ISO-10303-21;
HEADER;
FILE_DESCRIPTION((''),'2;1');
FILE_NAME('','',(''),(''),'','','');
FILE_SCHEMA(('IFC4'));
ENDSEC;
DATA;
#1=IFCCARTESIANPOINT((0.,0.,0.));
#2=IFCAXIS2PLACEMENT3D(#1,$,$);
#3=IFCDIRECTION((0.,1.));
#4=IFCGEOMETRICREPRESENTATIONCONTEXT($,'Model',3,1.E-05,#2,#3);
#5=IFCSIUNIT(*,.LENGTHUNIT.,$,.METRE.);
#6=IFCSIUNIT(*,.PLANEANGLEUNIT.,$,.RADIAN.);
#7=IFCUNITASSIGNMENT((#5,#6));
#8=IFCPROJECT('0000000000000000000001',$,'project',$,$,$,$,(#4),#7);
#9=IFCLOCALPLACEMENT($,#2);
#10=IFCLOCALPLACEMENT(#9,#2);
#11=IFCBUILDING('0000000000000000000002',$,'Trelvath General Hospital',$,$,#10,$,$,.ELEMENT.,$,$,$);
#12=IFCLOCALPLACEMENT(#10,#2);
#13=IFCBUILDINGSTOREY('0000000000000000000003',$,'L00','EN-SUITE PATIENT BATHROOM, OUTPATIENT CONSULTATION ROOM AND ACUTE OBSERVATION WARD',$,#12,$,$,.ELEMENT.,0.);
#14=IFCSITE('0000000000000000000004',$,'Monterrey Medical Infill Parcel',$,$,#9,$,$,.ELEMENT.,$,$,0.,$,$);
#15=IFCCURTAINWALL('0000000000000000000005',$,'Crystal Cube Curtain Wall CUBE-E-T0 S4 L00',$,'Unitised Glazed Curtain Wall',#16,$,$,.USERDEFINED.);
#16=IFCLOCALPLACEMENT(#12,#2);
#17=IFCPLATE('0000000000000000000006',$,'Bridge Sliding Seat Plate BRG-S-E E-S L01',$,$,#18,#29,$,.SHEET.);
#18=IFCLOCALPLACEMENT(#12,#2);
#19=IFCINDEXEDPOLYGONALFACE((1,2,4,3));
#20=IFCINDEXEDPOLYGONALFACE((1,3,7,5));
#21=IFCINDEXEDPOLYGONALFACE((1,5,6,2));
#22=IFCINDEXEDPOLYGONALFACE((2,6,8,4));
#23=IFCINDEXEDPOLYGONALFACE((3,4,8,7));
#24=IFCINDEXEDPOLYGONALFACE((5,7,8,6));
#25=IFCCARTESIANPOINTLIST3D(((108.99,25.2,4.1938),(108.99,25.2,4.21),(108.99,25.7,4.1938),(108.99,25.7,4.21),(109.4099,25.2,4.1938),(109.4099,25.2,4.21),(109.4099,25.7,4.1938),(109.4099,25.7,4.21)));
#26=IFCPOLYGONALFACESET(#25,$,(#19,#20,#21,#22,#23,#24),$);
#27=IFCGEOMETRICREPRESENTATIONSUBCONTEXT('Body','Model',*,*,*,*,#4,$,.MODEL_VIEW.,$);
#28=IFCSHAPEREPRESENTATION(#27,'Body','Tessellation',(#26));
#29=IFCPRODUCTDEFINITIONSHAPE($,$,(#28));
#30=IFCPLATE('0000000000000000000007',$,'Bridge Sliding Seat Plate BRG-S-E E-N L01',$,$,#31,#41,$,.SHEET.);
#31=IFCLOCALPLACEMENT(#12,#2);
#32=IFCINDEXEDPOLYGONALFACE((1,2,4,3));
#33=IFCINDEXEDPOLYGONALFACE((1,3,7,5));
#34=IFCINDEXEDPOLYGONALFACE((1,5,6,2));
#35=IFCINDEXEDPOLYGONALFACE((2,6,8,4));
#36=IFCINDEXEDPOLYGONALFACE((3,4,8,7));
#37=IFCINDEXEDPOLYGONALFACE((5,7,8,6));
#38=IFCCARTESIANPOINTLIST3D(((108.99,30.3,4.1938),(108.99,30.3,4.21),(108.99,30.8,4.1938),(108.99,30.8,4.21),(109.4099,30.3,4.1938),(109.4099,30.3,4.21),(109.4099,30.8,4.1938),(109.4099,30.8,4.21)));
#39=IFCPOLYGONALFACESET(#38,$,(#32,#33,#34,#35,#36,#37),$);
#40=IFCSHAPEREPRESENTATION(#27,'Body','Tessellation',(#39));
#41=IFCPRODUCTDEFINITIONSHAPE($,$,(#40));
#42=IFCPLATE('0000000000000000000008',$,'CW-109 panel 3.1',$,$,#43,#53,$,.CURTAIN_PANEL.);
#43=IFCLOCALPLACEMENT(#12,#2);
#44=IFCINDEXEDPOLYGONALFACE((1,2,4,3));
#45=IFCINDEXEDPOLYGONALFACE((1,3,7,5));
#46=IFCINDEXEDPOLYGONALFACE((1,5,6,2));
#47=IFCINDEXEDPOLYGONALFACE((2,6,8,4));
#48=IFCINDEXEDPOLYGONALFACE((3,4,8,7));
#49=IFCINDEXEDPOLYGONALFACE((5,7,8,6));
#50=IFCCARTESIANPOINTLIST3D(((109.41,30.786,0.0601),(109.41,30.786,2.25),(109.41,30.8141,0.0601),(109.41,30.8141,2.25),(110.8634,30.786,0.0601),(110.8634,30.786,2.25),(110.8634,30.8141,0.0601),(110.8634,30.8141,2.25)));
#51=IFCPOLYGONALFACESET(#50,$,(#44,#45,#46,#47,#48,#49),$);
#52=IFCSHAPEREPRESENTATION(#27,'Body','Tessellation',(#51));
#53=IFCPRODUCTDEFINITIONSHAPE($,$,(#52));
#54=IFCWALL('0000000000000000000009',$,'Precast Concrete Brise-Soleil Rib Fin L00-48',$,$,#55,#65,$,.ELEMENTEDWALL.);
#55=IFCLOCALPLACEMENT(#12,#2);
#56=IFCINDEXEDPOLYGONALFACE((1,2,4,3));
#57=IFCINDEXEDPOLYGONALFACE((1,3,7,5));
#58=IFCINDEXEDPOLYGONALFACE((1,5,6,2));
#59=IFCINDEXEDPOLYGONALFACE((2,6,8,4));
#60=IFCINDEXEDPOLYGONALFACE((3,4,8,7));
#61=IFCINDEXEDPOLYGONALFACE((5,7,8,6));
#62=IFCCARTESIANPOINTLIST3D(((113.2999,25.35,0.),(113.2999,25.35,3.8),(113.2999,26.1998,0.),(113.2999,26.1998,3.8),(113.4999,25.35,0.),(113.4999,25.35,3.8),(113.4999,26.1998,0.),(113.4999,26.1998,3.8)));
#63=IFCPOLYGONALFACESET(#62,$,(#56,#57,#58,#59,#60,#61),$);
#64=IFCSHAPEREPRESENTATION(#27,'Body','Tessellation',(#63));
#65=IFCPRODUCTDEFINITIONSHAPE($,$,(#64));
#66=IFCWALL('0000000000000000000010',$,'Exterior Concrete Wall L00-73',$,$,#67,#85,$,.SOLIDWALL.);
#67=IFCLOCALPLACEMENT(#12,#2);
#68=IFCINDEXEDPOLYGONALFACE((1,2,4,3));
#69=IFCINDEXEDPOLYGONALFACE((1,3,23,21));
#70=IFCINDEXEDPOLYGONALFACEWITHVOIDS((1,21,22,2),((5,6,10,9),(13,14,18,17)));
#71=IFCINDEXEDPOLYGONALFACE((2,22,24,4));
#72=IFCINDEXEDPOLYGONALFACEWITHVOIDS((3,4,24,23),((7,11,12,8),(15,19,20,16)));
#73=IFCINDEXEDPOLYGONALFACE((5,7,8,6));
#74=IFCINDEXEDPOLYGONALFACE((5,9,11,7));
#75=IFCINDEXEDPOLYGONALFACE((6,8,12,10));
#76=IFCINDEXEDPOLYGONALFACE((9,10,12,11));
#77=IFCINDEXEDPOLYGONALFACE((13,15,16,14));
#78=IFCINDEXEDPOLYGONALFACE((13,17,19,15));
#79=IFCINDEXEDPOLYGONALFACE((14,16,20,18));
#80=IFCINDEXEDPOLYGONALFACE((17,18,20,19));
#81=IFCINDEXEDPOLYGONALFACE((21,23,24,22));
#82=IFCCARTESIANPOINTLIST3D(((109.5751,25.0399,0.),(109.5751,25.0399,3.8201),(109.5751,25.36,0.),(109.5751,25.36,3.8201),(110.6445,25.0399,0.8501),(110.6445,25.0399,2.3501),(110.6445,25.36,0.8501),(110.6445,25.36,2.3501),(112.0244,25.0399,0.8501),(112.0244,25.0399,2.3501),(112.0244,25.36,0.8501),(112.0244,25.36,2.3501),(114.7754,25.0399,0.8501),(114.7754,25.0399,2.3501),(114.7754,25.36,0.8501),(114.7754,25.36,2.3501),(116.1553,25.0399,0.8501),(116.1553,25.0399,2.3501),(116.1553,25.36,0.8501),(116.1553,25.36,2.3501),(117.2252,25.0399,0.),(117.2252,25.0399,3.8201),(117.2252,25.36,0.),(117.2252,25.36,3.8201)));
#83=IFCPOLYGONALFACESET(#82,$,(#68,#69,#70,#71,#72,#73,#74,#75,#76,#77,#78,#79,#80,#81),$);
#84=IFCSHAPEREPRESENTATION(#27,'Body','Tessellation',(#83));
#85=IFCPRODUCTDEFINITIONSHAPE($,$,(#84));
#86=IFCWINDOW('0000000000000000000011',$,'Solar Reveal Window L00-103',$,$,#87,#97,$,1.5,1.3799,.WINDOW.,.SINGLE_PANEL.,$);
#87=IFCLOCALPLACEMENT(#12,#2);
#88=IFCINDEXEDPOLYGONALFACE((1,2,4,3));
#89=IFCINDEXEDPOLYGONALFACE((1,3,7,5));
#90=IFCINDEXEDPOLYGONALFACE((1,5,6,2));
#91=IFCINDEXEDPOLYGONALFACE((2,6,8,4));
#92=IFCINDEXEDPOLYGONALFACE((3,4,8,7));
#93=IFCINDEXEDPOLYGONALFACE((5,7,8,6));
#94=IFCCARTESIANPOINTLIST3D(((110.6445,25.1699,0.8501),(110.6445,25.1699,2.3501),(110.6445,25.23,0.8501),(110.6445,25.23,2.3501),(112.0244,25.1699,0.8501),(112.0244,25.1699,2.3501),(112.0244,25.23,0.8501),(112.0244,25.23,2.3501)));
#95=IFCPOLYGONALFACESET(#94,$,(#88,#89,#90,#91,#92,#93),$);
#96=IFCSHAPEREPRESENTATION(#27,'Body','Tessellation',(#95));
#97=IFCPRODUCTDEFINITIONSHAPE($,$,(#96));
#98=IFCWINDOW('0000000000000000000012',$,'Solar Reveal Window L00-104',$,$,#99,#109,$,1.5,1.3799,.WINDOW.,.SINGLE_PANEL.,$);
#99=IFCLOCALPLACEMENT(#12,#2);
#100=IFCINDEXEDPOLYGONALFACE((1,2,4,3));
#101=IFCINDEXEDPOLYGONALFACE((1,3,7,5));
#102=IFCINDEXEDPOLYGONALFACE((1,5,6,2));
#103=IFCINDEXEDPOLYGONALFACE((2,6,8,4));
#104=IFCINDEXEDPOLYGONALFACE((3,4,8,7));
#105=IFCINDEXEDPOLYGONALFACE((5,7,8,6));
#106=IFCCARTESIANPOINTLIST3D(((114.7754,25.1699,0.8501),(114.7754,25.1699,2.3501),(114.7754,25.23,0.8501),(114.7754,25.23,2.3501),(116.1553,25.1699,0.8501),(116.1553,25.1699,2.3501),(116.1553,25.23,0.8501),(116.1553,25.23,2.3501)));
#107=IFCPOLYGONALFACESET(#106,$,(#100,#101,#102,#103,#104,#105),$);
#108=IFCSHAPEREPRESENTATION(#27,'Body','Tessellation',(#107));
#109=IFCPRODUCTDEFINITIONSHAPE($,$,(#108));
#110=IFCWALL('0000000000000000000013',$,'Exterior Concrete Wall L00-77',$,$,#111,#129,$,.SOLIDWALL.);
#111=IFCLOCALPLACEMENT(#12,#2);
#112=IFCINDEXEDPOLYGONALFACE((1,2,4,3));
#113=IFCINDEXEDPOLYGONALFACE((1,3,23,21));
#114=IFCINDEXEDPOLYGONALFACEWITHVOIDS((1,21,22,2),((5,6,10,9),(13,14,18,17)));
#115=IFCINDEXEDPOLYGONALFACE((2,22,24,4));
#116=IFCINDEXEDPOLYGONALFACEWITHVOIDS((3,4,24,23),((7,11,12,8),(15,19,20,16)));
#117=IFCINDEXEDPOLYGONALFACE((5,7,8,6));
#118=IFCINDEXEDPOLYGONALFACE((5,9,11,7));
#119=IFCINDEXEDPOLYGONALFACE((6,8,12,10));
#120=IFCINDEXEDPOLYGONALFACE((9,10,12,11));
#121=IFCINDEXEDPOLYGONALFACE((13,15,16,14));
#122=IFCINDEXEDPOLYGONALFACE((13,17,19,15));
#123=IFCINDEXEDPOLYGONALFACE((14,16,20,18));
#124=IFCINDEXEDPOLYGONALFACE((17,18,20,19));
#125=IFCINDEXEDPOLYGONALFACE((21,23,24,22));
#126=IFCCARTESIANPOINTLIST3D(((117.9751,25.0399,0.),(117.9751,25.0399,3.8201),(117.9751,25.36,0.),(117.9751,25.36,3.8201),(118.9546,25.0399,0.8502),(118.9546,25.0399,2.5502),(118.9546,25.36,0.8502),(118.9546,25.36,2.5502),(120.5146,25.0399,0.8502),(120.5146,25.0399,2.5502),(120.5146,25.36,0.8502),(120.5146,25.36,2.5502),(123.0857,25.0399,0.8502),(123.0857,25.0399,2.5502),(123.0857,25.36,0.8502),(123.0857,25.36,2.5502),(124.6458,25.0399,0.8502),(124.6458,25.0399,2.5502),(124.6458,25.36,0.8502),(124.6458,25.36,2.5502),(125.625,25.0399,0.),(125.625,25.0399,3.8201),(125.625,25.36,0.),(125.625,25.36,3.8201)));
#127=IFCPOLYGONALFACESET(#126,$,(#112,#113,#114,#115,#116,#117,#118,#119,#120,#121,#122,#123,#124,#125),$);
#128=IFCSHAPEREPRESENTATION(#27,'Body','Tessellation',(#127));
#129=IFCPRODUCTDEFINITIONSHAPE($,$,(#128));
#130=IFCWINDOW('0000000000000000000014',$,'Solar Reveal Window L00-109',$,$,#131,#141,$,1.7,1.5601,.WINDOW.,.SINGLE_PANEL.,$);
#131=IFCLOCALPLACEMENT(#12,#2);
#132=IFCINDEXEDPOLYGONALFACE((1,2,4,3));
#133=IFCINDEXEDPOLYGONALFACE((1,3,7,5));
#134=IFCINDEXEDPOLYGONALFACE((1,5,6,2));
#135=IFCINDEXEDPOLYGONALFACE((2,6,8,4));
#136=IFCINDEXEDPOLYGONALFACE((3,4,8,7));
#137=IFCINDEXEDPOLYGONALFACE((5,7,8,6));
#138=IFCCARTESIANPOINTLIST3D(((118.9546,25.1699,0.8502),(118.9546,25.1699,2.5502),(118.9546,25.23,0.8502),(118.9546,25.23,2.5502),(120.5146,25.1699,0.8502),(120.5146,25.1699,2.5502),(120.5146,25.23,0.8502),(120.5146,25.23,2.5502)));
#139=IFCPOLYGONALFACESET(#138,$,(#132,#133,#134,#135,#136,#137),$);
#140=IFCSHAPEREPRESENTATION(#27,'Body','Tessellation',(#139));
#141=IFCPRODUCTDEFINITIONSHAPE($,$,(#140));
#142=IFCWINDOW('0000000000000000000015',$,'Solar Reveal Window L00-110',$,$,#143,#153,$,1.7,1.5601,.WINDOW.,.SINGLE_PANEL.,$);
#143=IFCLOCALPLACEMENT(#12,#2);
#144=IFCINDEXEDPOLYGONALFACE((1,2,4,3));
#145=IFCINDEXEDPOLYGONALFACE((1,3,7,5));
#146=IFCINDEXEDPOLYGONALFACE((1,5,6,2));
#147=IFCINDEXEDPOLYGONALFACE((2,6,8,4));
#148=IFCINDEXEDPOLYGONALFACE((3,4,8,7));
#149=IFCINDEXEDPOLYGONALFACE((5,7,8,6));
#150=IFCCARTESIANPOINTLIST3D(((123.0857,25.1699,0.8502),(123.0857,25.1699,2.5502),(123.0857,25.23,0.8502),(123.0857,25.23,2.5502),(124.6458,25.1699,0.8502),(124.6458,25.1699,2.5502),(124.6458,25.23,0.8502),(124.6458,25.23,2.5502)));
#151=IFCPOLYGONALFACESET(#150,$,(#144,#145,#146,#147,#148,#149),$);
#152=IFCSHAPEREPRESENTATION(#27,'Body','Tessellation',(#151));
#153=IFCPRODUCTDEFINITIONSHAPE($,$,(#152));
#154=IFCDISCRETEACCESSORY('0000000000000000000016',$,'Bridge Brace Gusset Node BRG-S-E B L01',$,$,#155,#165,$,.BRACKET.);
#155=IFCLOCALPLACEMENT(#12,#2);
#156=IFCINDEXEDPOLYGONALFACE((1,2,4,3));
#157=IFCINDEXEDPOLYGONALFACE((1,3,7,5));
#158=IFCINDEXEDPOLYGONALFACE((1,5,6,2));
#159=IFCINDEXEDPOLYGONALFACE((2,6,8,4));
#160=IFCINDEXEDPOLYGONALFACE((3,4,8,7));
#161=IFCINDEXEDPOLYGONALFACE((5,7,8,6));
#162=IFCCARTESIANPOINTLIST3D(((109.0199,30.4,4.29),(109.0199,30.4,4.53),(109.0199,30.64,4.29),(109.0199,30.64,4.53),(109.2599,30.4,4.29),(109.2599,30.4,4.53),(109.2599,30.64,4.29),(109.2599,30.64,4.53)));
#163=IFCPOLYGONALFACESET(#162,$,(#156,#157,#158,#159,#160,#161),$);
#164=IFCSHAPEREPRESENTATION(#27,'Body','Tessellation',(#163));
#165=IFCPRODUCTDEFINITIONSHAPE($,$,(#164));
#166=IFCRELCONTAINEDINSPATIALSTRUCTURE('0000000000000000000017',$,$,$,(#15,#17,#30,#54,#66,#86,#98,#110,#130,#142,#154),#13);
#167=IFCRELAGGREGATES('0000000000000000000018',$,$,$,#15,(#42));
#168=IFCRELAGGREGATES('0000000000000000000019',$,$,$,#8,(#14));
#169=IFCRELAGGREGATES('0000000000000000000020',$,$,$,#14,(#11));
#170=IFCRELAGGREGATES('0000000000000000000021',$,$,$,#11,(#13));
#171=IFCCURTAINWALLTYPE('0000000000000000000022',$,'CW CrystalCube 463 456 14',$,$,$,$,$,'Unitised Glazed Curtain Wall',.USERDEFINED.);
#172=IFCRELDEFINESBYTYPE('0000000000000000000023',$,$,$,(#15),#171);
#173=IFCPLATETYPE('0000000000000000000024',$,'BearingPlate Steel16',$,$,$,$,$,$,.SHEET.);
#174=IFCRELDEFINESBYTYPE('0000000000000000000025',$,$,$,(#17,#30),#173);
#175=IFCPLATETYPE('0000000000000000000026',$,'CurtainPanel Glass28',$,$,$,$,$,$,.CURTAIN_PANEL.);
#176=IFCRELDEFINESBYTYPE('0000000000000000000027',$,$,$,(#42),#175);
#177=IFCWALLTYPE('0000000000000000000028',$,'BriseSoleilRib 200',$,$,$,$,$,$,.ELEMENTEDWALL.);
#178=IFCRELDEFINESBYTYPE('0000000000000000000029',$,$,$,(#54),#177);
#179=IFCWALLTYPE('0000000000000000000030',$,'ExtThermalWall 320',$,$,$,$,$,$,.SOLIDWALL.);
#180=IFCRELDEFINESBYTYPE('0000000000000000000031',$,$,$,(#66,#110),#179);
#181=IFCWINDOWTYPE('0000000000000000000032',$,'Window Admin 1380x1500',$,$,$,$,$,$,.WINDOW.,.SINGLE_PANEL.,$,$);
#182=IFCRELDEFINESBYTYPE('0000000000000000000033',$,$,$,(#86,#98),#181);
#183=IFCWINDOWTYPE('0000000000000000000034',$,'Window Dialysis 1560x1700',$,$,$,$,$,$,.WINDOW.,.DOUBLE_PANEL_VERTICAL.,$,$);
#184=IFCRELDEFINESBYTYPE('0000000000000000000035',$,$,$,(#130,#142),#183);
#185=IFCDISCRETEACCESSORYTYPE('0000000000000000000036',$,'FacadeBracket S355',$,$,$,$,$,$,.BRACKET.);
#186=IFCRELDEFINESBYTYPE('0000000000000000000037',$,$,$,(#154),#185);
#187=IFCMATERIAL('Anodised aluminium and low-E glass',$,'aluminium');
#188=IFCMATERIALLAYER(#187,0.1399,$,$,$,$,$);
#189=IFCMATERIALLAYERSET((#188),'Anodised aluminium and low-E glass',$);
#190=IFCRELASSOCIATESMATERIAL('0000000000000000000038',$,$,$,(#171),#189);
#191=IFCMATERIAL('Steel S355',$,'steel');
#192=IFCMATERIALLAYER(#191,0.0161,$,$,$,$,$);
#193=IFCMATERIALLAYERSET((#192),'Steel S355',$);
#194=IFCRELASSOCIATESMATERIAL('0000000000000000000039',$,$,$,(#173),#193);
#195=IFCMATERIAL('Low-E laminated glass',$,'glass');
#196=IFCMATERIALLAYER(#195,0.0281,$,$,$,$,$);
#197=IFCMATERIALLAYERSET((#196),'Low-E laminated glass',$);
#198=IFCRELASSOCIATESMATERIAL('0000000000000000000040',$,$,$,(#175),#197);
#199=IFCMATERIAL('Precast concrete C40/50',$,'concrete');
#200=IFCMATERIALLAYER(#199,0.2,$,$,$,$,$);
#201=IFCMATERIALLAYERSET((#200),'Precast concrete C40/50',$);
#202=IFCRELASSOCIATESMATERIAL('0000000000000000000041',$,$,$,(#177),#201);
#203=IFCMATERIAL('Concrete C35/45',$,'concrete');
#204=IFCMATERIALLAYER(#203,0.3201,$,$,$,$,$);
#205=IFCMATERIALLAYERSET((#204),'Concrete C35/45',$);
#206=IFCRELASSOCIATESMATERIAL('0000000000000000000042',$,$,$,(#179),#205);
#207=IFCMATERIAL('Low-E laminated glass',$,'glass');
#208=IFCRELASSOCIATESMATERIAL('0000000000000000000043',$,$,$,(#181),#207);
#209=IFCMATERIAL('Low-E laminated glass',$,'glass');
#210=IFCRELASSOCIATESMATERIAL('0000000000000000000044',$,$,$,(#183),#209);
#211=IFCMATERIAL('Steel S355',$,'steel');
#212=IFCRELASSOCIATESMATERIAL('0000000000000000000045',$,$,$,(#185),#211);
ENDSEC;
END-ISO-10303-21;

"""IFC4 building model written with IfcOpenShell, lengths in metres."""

from ifc_helpers import new_model, si_unit, direction, frame, frame_2d, origin, origin_2d, place, context, subcontext, project, spatial, rectangle, extrude, material, layer, layer_set, type_object, element, fill, aggregate, save


model = new_model("IFC4")

# Units and contexts
model_context = context("Model", 3, precision=1e-05, world=origin(), true_north=direction((0.0, 1.0)))
body_context = subcontext(model_context, "Body", "Model", "MODEL_VIEW")
ifc_project = project(units=[si_unit("LENGTHUNIT", "METRE"), si_unit("PLANEANGLEUNIT", "RADIAN")], contexts=[model_context])

# Site, building, storey
site_placement = place(None, origin())
site = spatial("IfcSite", under=ifc_project, at=site_placement, Name="Monterrey Medical Infill Parcel", CompositionType="ELEMENT", RefElevation=0.0)
building_placement = place(site_placement, origin())
building = spatial("IfcBuilding", under=site, at=building_placement, Name="Trelvath General Hospital", CompositionType="ELEMENT")
storey_placement = place(building_placement, origin())
storey = spatial("IfcBuildingStorey", under=building, at=storey_placement, Name="L00", Description="EN-SUITE PATIENT BATHROOM, OUTPATIENT CONSULTATION ROOM AND ACUTE OBSERVATION WARD", CompositionType="ELEMENT", Elevation=0.0)

# Curtain wall
ifc_material_1 = material(Name="Anodised aluminium and low-E glass", Category="aluminium")
ifc_layer_1 = layer(ifc_material_1, 0.1399)
ifc_layer_set_1 = layer_set([ifc_layer_1], Name="Anodised aluminium and low-E glass")
curtain_wall_type_1 = type_object("IfcCurtainWallType", Name="CW CrystalCube 463 456 14", ElementType="Unitised Glazed Curtain Wall", PredefinedType="USERDEFINED", material=ifc_layer_set_1)
curtain_wall_1_placement = place(storey_placement, origin())
curtain_wall_1 = element("IfcCurtainWall", 1, at=curtain_wall_1_placement, inside=storey, type_object=curtain_wall_type_1, Name="Crystal Cube Curtain Wall CUBE-E-T0 S4 L00", ObjectType="Unitised Glazed Curtain Wall", PredefinedType="USERDEFINED")

# Plates
ifc_material_2 = material(Name="Steel S355", Category="steel")
ifc_layer_2 = layer(ifc_material_2, 0.0161)
ifc_layer_set_2 = layer_set([ifc_layer_2], Name="Steel S355")
plate_type_1 = type_object("IfcPlateType", Name="BearingPlate Steel16", PredefinedType="SHEET", material=ifc_layer_set_2)
for number, where, z_axis, x_axis, name in (
    (2, (109.2, 25.45, 4.1938), (0.0, 0.0, 1.0), (1.0, 0.0, 0.0), "Bridge Sliding Seat Plate BRG-S-E E-S L01"),
    (3, (109.2, 30.55, 4.1938), (0.0, 0.0, 1.0), (1.0, 0.0, 0.0), "Bridge Sliding Seat Plate BRG-S-E E-N L01"),
):
    element("IfcPlate", number, at=place(storey_placement, frame(where, z_axis=z_axis, x_axis=x_axis)), inside=storey, type_object=plate_type_1, Name=name, PredefinedType="SHEET", context=body_context, shape_type="SweptSolid", body=[
        extrude(rectangle(XDim=0.4199, YDim=0.5, at=origin_2d()), origin(), (0.0, 0.0, 1.0), 0.0161),
    ])

# Plate
ifc_material_3 = material(Name="Low-E laminated glass", Category="glass")
ifc_layer_3 = layer(ifc_material_3, 0.0281)
ifc_layer_set_3 = layer_set([ifc_layer_3], Name="Low-E laminated glass")
plate_type_2 = type_object("IfcPlateType", Name="CurtainPanel Glass28", PredefinedType="CURTAIN_PANEL", material=ifc_layer_set_3)
plate_placement = place(storey_placement, frame((110.1367, 30.8, 0.0601), z_axis=(0.0, 0.0, 1.0), x_axis=(-1.0, 0.0, 0.0)))
plate = element("IfcPlate", 4, at=plate_placement, type_object=plate_type_2, Name="CW-109 panel 3.1", PredefinedType="CURTAIN_PANEL", context=body_context, shape_type="SweptSolid", body=[
    extrude(rectangle(XDim=1.4534, YDim=0.0281, at=origin_2d()), origin(), (0.0, 0.0, 1.0), 2.1899),
])
aggregate(curtain_wall_1, [plate])

# Wall
ifc_material_4 = material(Name="Precast concrete C40/50", Category="concrete")
ifc_layer_4 = layer(ifc_material_4, 0.2)
ifc_layer_set_4 = layer_set([ifc_layer_4], Name="Precast concrete C40/50")
wall_type_1 = type_object("IfcWallType", Name="BriseSoleilRib 200", PredefinedType="ELEMENTEDWALL", material=ifc_layer_set_4)
wall_1_placement = place(storey_placement, frame((113.3999, 25.3501, 0.0), z_axis=(0.0, 0.0, 1.0), x_axis=(0.0, 1.0, 0.0)))
element("IfcWall", 5, at=wall_1_placement, inside=storey, type_object=wall_type_1, Name="Precast Concrete Brise-Soleil Rib Fin L00-48", PredefinedType="ELEMENTEDWALL", context=body_context, shape_type="SweptSolid", body=[
    extrude(rectangle(XDim=0.8499, YDim=0.2, at=frame_2d((0.4248, 0.0))), origin(), (0.0, 0.0, 1.0), 3.8),
])

# Walls, openings, windows
ifc_material_5 = material(Name="Concrete C35/45", Category="concrete")
ifc_layer_5 = layer(ifc_material_5, 0.3201)
ifc_layer_set_5 = layer_set([ifc_layer_5], Name="Concrete C35/45")
wall_type_2 = type_object("IfcWallType", Name="ExtThermalWall 320", PredefinedType="SOLIDWALL", material=ifc_layer_set_5)
wall_2_placement = place(storey_placement, frame((109.575, 25.2, 0.0), z_axis=(0.0, 0.0, 1.0), x_axis=(1.0, 0.0, 0.0)))
wall_2 = element("IfcWall", 6, at=wall_2_placement, inside=storey, type_object=wall_type_2, Name="Exterior Concrete Wall L00-73", PredefinedType="SOLIDWALL", context=body_context, shape_type="SweptSolid", body=[
    extrude(rectangle(XDim=7.6501, YDim=0.3201, at=frame_2d((3.8252, 0.0))), origin(), (0.0, 0.0, 1.0), 3.8201),
])
opening_1_placement = place(wall_2_placement, frame((1.0696, 0.0, 0.8501)))
opening_1 = element("IfcOpeningElement", 7, at=opening_1_placement, cuts=wall_2, PredefinedType="OPENING", context=body_context, shape_type="SweptSolid", body=[
    extrude(rectangle(XDim=1.3799, YDim=1.5, at=frame_2d((0.6899, 0.75))), frame((0.0, 0.1699, 0.0), z_axis=(0.0, -1.0, 0.0), x_axis=(1.0, 0.0, 0.0)), (0.0, 0.0, 1.0), 0.3401),
])
opening_2_placement = place(wall_2_placement, frame((5.2004, 0.0, 0.8501)))
opening_2 = element("IfcOpeningElement", 8, at=opening_2_placement, cuts=wall_2, PredefinedType="OPENING", context=body_context, shape_type="SweptSolid", body=[
    extrude(rectangle(XDim=1.3799, YDim=1.5, at=frame_2d((0.6899, 0.75))), frame((0.0, 0.1699, 0.0), z_axis=(0.0, -1.0, 0.0), x_axis=(1.0, 0.0, 0.0)), (0.0, 0.0, 1.0), 0.3401),
])
ifc_material_6 = material(Name="Low-E laminated glass", Category="glass")
window_type_1 = type_object("IfcWindowType", Name="Window Admin 1380x1500", PartitioningType="SINGLE_PANEL", PredefinedType="WINDOW", material=ifc_material_6)
window_1_placement = place(opening_1_placement, origin())
window_1 = element("IfcWindow", 9, at=window_1_placement, inside=storey, type_object=window_type_1, Name="Solar Reveal Window L00-103", OverallHeight=1.5, OverallWidth=1.3799, PartitioningType="SINGLE_PANEL", PredefinedType="WINDOW", context=body_context, shape_type="SweptSolid", body=[
    extrude(rectangle(XDim=1.3799, YDim=1.5, at=frame_2d((0.6899, 0.75))), frame((0.0, 0.03, 0.0), z_axis=(0.0, -1.0, 0.0), x_axis=(1.0, 0.0, 0.0)), (0.0, 0.0, 1.0), 0.0601),
])
fill(opening_1, window_1)
window_2_placement = place(opening_2_placement, origin())
window_2 = element("IfcWindow", 10, at=window_2_placement, inside=storey, type_object=window_type_1, Name="Solar Reveal Window L00-104", OverallHeight=1.5, OverallWidth=1.3799, PartitioningType="SINGLE_PANEL", PredefinedType="WINDOW", context=body_context, shape_type="SweptSolid", body=[
    extrude(rectangle(XDim=1.3799, YDim=1.5, at=frame_2d((0.6899, 0.75))), frame((0.0, 0.03, 0.0), z_axis=(0.0, -1.0, 0.0), x_axis=(1.0, 0.0, 0.0)), (0.0, 0.0, 1.0), 0.0601),
])
fill(opening_2, window_2)
wall_3_placement = place(storey_placement, frame((117.9751, 25.2, 0.0), z_axis=(0.0, 0.0, 1.0), x_axis=(1.0, 0.0, 0.0)))
wall_3 = element("IfcWall", 11, at=wall_3_placement, inside=storey, type_object=wall_type_2, Name="Exterior Concrete Wall L00-77", PredefinedType="SOLIDWALL", context=body_context, shape_type="SweptSolid", body=[
    extrude(rectangle(XDim=7.6499, YDim=0.3201, at=frame_2d((3.825, 0.0))), origin(), (0.0, 0.0, 1.0), 3.8201),
])
opening_3_placement = place(wall_3_placement, frame((0.9795, 0.0, 0.8501)))
opening_3 = element("IfcOpeningElement", 12, at=opening_3_placement, cuts=wall_3, PredefinedType="OPENING", context=body_context, shape_type="SweptSolid", body=[
    extrude(rectangle(XDim=1.5601, YDim=1.7, at=frame_2d((0.78, 0.8501))), frame((0.0, 0.1699, 0.0), z_axis=(0.0, -1.0, 0.0), x_axis=(1.0, 0.0, 0.0)), (0.0, 0.0, 1.0), 0.3401),
])
opening_4_placement = place(wall_3_placement, frame((5.1106, 0.0, 0.8501)))
opening_4 = element("IfcOpeningElement", 13, at=opening_4_placement, cuts=wall_3, PredefinedType="OPENING", context=body_context, shape_type="SweptSolid", body=[
    extrude(rectangle(XDim=1.5601, YDim=1.7, at=frame_2d((0.78, 0.8501))), frame((0.0, 0.1699, 0.0), z_axis=(0.0, -1.0, 0.0), x_axis=(1.0, 0.0, 0.0)), (0.0, 0.0, 1.0), 0.3401),
])
ifc_material_7 = material(Name="Low-E laminated glass", Category="glass")
window_type_2 = type_object("IfcWindowType", Name="Window Dialysis 1560x1700", PartitioningType="DOUBLE_PANEL_VERTICAL", PredefinedType="WINDOW", material=ifc_material_7)
window_3_placement = place(opening_3_placement, origin())
window_3 = element("IfcWindow", 14, at=window_3_placement, inside=storey, type_object=window_type_2, Name="Solar Reveal Window L00-109", OverallHeight=1.7, OverallWidth=1.5601, PartitioningType="SINGLE_PANEL", PredefinedType="WINDOW", context=body_context, shape_type="SweptSolid", body=[
    extrude(rectangle(XDim=1.5601, YDim=1.7, at=frame_2d((0.78, 0.8501))), frame((0.0, 0.03, 0.0), z_axis=(0.0, -1.0, 0.0), x_axis=(1.0, 0.0, 0.0)), (0.0, 0.0, 1.0), 0.0601),
])
fill(opening_3, window_3)
window_4_placement = place(opening_4_placement, origin())
window_4 = element("IfcWindow", 15, at=window_4_placement, inside=storey, type_object=window_type_2, Name="Solar Reveal Window L00-110", OverallHeight=1.7, OverallWidth=1.5601, PartitioningType="SINGLE_PANEL", PredefinedType="WINDOW", context=body_context, shape_type="SweptSolid", body=[
    extrude(rectangle(XDim=1.5601, YDim=1.7, at=frame_2d((0.78, 0.8501))), frame((0.0, 0.03, 0.0), z_axis=(0.0, -1.0, 0.0), x_axis=(1.0, 0.0, 0.0)), (0.0, 0.0, 1.0), 0.0601),
])
fill(opening_4, window_4)

# Discrete accessory
ifc_material_8 = material(Name="Steel S355", Category="steel")
discrete_accessory_type = type_object("IfcDiscreteAccessoryType", Name="FacadeBracket S355", PredefinedType="BRACKET", material=ifc_material_8)
discrete_accessory_placement = place(storey_placement, frame((109.1399, 30.52, 4.29), z_axis=(0.0, 0.0, 1.0), x_axis=(1.0, 0.0, 0.0)))
element("IfcDiscreteAccessory", 16, at=discrete_accessory_placement, inside=storey, type_object=discrete_accessory_type, Name="Bridge Brace Gusset Node BRG-S-E B L01", PredefinedType="BRACKET", context=body_context, shape_type="SweptSolid", body=[
    extrude(rectangle(XDim=0.24, YDim=0.24, at=origin_2d()), origin(), (0.0, 0.0, 1.0), 0.24),
])

save(model, "model.ifc")
